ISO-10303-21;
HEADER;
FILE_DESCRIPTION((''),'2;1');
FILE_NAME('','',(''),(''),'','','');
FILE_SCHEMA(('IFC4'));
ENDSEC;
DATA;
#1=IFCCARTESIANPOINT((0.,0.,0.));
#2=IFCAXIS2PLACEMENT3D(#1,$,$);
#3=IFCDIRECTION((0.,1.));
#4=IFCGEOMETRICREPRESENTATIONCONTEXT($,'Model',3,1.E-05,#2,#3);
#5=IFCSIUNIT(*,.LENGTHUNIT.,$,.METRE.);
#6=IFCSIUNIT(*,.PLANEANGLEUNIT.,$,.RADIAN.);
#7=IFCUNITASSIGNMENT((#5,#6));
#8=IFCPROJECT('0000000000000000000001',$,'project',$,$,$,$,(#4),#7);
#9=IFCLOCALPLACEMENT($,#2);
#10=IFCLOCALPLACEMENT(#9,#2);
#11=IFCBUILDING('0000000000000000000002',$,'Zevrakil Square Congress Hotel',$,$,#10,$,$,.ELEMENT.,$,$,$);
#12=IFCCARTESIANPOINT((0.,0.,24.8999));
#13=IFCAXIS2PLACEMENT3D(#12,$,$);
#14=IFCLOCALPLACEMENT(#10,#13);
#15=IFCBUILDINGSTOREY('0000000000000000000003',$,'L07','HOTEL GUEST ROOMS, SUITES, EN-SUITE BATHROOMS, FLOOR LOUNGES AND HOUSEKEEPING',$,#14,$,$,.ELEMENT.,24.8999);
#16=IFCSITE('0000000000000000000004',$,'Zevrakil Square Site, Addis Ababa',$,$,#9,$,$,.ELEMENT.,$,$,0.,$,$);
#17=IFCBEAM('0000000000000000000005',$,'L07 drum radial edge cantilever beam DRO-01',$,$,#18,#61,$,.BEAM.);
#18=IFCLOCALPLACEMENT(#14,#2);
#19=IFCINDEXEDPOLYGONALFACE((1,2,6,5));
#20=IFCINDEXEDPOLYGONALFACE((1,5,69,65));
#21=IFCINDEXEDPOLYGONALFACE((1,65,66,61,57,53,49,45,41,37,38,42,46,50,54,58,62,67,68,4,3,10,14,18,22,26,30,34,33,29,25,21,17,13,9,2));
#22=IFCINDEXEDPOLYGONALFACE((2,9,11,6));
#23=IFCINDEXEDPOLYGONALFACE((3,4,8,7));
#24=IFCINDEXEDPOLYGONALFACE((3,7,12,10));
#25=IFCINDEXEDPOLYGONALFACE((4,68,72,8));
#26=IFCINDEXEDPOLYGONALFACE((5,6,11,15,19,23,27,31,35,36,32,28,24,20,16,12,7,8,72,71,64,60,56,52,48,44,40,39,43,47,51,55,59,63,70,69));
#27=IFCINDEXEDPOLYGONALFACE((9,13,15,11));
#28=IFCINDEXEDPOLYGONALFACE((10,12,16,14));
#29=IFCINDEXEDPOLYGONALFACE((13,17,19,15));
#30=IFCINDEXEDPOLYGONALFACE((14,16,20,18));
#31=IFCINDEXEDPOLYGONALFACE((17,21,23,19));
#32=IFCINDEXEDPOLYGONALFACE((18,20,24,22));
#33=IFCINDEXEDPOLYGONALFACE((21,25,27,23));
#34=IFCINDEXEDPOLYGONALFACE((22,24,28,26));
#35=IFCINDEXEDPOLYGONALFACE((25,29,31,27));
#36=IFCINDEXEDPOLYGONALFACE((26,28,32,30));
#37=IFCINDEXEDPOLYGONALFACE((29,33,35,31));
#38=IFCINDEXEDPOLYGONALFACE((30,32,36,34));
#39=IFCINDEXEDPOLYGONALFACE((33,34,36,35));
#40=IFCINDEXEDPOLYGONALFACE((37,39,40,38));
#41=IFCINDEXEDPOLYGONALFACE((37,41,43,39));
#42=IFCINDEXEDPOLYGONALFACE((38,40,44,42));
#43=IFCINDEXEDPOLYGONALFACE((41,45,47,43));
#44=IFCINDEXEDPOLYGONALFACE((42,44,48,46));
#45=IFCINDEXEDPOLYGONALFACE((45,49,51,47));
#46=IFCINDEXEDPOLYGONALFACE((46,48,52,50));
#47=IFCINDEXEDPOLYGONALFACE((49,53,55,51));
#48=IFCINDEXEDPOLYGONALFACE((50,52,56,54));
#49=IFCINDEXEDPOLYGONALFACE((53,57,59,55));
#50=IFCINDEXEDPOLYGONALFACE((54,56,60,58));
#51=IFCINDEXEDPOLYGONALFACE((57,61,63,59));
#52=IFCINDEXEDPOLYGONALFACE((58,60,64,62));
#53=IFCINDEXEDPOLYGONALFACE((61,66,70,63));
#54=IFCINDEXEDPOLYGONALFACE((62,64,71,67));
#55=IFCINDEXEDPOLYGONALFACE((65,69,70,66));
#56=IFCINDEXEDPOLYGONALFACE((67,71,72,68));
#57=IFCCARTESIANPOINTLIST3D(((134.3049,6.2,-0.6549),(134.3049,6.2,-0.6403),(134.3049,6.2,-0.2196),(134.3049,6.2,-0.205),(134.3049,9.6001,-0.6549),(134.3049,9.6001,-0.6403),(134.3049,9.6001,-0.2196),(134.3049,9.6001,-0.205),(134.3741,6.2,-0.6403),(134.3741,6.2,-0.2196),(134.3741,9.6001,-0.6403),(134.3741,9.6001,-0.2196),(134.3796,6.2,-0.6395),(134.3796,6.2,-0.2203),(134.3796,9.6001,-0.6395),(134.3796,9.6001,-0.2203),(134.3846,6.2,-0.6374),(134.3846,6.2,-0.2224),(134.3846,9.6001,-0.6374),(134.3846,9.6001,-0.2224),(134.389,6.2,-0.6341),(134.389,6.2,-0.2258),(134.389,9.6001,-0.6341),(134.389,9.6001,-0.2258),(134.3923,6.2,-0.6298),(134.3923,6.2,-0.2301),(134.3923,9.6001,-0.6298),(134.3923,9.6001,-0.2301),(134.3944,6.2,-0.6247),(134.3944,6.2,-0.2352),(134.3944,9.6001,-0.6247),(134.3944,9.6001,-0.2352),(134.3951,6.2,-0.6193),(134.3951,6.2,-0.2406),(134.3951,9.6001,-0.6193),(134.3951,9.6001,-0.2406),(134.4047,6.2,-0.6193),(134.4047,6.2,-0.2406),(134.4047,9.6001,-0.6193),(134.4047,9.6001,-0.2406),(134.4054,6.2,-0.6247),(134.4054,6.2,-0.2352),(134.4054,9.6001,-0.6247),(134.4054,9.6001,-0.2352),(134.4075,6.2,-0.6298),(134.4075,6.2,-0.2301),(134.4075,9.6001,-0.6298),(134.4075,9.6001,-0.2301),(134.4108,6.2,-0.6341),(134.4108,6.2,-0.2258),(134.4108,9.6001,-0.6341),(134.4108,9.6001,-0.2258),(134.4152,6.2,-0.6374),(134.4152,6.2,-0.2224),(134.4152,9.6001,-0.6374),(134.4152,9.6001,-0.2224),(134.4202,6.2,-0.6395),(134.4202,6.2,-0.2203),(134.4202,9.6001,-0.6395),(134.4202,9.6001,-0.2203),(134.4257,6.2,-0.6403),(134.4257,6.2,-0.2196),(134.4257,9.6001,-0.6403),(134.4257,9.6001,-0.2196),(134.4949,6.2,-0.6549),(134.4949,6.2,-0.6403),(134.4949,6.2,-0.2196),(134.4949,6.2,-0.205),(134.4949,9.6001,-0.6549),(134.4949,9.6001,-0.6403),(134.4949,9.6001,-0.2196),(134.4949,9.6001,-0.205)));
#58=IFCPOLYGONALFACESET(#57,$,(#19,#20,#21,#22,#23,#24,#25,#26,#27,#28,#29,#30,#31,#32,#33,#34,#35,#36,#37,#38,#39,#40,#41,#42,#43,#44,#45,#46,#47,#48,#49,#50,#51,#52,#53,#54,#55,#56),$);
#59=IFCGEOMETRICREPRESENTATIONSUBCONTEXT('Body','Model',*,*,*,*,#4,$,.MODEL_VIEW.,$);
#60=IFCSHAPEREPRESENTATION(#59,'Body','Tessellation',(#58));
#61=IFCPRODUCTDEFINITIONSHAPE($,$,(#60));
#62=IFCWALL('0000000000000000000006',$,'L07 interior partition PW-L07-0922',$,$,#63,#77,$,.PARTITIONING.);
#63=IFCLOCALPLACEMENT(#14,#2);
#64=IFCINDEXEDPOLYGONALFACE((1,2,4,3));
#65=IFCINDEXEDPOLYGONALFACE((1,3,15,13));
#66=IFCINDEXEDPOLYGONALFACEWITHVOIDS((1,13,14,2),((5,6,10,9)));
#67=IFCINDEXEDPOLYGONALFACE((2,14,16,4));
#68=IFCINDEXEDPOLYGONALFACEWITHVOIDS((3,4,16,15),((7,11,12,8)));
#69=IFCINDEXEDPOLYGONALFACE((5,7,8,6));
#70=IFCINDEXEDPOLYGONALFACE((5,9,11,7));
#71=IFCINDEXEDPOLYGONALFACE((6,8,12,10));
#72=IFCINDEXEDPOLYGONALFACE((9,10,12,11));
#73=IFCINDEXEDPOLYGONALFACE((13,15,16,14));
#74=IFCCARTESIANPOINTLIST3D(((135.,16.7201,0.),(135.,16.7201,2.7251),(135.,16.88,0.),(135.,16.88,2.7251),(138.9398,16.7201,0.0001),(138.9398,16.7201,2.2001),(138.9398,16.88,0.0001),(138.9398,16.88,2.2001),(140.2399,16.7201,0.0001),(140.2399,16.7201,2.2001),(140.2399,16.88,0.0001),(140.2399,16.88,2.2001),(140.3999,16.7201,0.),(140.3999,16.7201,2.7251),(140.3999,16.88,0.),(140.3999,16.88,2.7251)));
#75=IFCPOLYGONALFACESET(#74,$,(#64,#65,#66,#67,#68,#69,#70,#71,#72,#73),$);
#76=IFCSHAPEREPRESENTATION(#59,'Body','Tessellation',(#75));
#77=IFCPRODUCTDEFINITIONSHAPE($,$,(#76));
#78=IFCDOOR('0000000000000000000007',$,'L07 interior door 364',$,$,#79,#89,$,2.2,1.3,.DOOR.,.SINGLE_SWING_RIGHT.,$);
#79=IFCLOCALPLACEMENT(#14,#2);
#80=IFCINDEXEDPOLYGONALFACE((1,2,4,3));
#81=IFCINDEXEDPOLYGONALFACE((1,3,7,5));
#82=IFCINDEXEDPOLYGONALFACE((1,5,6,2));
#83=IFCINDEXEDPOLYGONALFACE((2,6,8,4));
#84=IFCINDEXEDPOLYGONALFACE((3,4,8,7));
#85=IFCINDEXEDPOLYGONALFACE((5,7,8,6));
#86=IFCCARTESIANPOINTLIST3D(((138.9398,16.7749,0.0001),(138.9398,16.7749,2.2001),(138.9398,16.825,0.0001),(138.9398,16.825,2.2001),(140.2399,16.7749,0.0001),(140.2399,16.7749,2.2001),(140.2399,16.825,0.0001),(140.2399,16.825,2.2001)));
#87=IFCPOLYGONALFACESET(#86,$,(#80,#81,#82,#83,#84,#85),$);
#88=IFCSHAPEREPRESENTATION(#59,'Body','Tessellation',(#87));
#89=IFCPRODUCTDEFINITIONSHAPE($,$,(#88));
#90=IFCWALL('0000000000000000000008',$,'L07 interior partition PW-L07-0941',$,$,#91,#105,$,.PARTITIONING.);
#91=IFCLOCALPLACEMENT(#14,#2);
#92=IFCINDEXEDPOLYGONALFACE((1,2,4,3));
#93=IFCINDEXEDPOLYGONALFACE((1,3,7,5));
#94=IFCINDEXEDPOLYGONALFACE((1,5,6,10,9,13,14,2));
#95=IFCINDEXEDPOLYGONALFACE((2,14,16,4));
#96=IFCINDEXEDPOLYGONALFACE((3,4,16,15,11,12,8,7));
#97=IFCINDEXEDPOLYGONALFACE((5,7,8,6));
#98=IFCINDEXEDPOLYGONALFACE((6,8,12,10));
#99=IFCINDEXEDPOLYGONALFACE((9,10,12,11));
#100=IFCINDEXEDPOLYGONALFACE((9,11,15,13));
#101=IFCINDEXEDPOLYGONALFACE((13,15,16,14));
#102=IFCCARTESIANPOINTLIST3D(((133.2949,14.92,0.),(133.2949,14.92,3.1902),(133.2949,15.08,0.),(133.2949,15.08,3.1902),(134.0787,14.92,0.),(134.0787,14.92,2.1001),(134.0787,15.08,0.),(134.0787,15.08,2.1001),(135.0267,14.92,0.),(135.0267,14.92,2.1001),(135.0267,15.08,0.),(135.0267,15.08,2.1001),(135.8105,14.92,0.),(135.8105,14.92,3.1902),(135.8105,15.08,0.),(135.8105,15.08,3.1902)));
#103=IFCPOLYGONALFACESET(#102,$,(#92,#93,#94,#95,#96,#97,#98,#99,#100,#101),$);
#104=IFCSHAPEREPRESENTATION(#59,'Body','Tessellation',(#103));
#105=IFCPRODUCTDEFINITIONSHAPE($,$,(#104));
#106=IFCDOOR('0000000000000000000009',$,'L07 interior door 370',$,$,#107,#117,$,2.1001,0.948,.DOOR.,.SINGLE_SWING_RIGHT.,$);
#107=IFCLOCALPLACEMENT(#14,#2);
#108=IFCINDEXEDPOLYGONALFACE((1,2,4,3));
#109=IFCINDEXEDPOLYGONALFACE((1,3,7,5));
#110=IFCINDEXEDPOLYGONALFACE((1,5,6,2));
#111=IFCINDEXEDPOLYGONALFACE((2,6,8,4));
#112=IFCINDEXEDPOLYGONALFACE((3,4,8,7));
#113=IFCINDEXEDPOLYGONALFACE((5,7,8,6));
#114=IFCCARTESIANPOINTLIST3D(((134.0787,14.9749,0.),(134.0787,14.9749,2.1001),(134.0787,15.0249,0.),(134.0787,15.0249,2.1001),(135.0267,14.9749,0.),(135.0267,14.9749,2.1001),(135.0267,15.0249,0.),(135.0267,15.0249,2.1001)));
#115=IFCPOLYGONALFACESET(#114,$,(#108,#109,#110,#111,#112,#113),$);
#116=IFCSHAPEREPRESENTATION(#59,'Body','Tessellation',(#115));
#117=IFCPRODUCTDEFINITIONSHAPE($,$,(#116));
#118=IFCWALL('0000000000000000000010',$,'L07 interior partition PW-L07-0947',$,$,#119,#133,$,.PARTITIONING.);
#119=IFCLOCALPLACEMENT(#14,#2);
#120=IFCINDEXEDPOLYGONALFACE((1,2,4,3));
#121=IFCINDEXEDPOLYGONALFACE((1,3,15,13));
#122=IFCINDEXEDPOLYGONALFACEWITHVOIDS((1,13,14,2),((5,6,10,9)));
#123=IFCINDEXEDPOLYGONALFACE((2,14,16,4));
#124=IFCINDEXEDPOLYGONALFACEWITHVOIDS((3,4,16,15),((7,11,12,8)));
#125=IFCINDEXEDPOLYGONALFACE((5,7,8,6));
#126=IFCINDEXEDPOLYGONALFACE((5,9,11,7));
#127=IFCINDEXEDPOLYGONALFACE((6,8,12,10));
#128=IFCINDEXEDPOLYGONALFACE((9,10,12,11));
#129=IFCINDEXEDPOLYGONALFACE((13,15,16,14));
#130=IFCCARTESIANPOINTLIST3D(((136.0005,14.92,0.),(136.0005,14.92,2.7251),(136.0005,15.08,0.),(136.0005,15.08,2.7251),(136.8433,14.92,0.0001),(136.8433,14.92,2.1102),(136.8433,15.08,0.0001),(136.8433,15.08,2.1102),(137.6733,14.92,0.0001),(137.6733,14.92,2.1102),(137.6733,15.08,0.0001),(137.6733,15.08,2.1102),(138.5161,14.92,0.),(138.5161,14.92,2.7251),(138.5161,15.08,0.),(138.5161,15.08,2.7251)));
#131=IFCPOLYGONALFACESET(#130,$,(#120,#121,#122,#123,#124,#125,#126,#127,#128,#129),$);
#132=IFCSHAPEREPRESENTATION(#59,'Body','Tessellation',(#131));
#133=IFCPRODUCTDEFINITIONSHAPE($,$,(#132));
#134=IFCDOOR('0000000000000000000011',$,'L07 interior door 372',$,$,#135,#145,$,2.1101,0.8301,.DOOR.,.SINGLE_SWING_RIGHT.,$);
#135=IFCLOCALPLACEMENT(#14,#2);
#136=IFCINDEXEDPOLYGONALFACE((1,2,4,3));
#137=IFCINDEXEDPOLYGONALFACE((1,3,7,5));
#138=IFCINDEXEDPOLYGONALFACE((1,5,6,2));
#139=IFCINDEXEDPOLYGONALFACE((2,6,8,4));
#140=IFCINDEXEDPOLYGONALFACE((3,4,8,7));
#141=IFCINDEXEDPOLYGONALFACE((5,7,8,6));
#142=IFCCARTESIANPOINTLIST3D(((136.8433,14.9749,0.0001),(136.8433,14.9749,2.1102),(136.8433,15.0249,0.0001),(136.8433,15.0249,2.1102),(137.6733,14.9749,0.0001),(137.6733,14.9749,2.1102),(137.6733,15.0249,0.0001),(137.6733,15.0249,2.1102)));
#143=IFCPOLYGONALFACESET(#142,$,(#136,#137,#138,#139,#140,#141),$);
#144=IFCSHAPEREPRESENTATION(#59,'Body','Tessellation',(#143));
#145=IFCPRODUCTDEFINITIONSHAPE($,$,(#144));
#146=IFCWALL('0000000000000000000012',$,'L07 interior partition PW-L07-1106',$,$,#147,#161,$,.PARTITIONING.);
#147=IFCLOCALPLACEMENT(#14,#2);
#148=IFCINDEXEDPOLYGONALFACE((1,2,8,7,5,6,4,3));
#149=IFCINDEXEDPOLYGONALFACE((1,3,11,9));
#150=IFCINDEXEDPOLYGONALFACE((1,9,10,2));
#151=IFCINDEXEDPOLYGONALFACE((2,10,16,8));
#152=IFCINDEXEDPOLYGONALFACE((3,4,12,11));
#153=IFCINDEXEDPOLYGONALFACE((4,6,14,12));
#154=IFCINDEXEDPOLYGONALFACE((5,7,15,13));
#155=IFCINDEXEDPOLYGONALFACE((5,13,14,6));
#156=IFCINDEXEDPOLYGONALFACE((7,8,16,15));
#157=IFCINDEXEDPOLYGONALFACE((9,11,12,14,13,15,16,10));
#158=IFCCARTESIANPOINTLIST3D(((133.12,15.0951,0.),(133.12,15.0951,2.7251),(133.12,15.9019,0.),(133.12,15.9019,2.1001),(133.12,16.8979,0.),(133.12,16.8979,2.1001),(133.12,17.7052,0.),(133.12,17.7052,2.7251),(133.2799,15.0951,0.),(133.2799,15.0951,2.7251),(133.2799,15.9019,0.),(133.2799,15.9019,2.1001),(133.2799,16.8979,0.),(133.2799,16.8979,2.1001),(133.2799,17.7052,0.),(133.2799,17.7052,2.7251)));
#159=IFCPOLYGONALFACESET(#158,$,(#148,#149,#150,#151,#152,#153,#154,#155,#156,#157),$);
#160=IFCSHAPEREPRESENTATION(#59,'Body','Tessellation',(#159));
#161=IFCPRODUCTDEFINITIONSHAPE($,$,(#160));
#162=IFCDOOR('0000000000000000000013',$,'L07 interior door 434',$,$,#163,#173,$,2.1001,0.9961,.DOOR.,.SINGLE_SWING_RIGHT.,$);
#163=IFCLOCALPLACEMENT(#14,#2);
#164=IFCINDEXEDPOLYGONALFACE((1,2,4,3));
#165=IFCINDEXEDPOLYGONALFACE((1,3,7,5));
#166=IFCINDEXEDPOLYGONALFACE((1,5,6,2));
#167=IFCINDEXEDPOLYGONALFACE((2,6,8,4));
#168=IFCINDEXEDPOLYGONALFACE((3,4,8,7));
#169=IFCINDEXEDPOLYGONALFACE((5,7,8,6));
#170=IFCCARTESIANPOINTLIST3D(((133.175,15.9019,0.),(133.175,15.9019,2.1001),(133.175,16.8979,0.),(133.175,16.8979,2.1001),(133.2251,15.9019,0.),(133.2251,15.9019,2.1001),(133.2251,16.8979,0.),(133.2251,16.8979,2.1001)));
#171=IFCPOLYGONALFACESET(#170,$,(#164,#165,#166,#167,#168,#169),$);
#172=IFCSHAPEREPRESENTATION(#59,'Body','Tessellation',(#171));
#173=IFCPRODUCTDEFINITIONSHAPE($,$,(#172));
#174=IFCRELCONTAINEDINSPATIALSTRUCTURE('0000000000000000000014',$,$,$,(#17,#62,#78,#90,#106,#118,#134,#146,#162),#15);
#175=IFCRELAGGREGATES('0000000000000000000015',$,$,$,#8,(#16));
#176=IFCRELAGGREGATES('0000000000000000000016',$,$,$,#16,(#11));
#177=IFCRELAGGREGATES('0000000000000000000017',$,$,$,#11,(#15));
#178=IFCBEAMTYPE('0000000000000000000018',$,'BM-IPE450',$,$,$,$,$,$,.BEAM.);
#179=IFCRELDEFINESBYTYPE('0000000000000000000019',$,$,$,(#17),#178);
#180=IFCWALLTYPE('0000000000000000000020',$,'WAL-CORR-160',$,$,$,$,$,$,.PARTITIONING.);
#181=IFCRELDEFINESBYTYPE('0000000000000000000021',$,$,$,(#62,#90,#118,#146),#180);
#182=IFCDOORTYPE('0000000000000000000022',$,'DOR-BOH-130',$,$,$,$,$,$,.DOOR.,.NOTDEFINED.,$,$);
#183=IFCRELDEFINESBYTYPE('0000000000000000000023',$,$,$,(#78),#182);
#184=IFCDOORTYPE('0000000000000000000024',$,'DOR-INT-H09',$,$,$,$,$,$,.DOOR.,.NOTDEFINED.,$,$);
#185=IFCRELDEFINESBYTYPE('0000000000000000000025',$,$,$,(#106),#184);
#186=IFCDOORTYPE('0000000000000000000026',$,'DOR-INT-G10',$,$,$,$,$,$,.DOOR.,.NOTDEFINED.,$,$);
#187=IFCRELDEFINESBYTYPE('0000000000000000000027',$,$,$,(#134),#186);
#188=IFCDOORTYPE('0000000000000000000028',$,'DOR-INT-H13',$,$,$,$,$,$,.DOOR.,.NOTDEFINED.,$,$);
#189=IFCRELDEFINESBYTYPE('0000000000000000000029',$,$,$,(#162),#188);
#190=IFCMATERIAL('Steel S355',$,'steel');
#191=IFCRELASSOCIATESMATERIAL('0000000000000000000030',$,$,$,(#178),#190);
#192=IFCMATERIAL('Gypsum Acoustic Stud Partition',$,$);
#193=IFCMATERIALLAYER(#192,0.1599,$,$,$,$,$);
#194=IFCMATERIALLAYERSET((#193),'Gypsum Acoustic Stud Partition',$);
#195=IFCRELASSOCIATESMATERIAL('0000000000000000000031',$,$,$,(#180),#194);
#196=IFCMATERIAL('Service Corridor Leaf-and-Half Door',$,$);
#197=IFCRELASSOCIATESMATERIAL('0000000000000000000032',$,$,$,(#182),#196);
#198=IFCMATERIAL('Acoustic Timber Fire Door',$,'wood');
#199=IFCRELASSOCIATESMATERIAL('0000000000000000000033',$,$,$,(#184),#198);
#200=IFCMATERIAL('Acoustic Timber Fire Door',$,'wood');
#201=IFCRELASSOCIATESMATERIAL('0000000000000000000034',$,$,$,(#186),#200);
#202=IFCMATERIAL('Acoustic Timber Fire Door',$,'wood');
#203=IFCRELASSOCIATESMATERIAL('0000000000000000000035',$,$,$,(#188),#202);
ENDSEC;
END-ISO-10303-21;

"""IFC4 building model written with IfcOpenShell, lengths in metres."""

from ifc_helpers import new_model, si_unit, direction, frame, frame_2d, origin, origin_2d, place, context, subcontext, project, spatial, rectangle, i_section, extrude, material, layer, layer_set, material_profile, profile_set, type_object, element, fill, save


model = new_model("IFC4")

# Units and contexts
model_context = context("Model", 3, precision=1e-05, world=origin(), true_north=direction((0.0, 1.0)))
body_context = subcontext(model_context, "Body", "Model", "MODEL_VIEW")
ifc_project = project(units=[si_unit("LENGTHUNIT", "METRE"), si_unit("PLANEANGLEUNIT", "RADIAN")], contexts=[model_context])

# Site, building, storey
site_placement = place(None, origin())
site = spatial("IfcSite", under=ifc_project, at=site_placement, Name="Zevrakil Square Site, Addis Ababa", CompositionType="ELEMENT", RefElevation=0.0)
building_placement = place(site_placement, origin())
building = spatial("IfcBuilding", under=site, at=building_placement, Name="Zevrakil Square Congress Hotel", CompositionType="ELEMENT")
storey_placement = place(building_placement, frame((0.0, 0.0, 24.8999)))
storey = spatial("IfcBuildingStorey", under=building, at=storey_placement, Name="L07", Description="HOTEL GUEST ROOMS, SUITES, EN-SUITE BATHROOMS, FLOOR LOUNGES AND HOUSEKEEPING", CompositionType="ELEMENT", Elevation=24.8999)

# Beam
ifc_material_1 = material(Name="Steel S355", Category="steel")
ifc_material_profile = material_profile(ifc_material_1, i_section(OverallWidth=0.1899, OverallDepth=0.45, WebThickness=0.0095, FlangeThickness=0.0146, FilletRadius=0.021, at=origin_2d()), Name="IPE 450")
ifc_profile_set = profile_set([ifc_material_profile], Name="Steel S355")
beam_type = type_object("IfcBeamType", Name="BM-IPE450", PredefinedType="BEAM", material=ifc_profile_set)
beam_placement = place(storey_placement, frame((134.3999, 9.6001, -0.4299), z_axis=(0.0, -1.0, 0.0), x_axis=(1.0, 0.0, 0.0)))
element("IfcBeam", 1, at=beam_placement, inside=storey, type_object=beam_type, Name="L07 drum radial edge cantilever beam DRO-01", PredefinedType="BEAM", context=body_context, shape_type="SweptSolid", body=[
    extrude(i_section(OverallWidth=0.1899, OverallDepth=0.45, WebThickness=0.0095, FlangeThickness=0.0146, FilletRadius=0.021, at=origin_2d()), origin(), (0.0, 0.0, 1.0), 3.4001),
])

# Walls, openings, doors
ifc_material_2 = material(Name="Gypsum Acoustic Stud Partition")
ifc_layer_1 = layer(ifc_material_2, 0.1599)
ifc_layer_set_1 = layer_set([ifc_layer_1], Name="Gypsum Acoustic Stud Partition")
wall_type_1 = type_object("IfcWallType", Name="WAL-CORR-160", PredefinedType="PARTITIONING", material=ifc_layer_set_1)
wall_1_placement = place(storey_placement, frame((135.0, 16.8, 0.0), z_axis=(0.0, 0.0, 1.0), x_axis=(1.0, 0.0, 0.0)))
wall_1 = element("IfcWall", 2, at=wall_1_placement, inside=storey, type_object=wall_type_1, Name="L07 interior partition PW-L07-0922", PredefinedType="PARTITIONING", context=body_context, shape_type="SweptSolid", body=[
    extrude(rectangle(XDim=5.3999, YDim=0.1599, at=frame_2d((2.7, 0.0))), origin(), (0.0, 0.0, 1.0), 2.7251),
])
opening_1_placement = place(wall_1_placement, frame((3.9399, 0.0, 0.0)))
opening_1 = element("IfcOpeningElement", 3, at=opening_1_placement, cuts=wall_1, PredefinedType="OPENING", context=body_context, shape_type="SweptSolid", body=[
    extrude(rectangle(XDim=1.3, YDim=2.2, at=frame_2d((0.6499, 1.1001))), frame((0.0, 0.0898, 0.0), z_axis=(0.0, -1.0, 0.0), x_axis=(1.0, 0.0, 0.0)), (0.0, 0.0, 1.0), 0.1799),
])
ifc_material_3 = material(Name="Service Corridor Leaf-and-Half Door")
door_type_1 = type_object("IfcDoorType", Name="DOR-BOH-130", OperationType="NOTDEFINED", PredefinedType="DOOR", material=ifc_material_3)
door_1_placement = place(opening_1_placement, origin())
door_1 = element("IfcDoor", 4, at=door_1_placement, inside=storey, type_object=door_type_1, Name="L07 interior door 364", OperationType="SINGLE_SWING_RIGHT", OverallHeight=2.2, OverallWidth=1.3, PredefinedType="DOOR", context=body_context, shape_type="SweptSolid", body=[
    extrude(rectangle(XDim=1.3, YDim=2.2, at=frame_2d((0.6499, 1.1001))), frame((0.0, 0.0249, 0.0), z_axis=(0.0, -1.0, 0.0), x_axis=(1.0, 0.0, 0.0)), (0.0, 0.0, 1.0), 0.05),
])
fill(opening_1, door_1)
wall_2_placement = place(storey_placement, frame((133.2949, 15.0, 0.0), z_axis=(0.0, 0.0, 1.0), x_axis=(1.0, 0.0, 0.0)))
wall_2 = element("IfcWall", 5, at=wall_2_placement, inside=storey, type_object=wall_type_1, Name="L07 interior partition PW-L07-0941", PredefinedType="PARTITIONING", context=body_context, shape_type="SweptSolid", body=[
    extrude(rectangle(XDim=2.5156, YDim=0.1599, at=frame_2d((1.2578, 0.0))), origin(), (0.0, 0.0, 1.0), 3.1902),
])
opening_2_placement = place(wall_2_placement, frame((0.7837, 0.0, 0.0)))
opening_2 = element("IfcOpeningElement", 6, at=opening_2_placement, cuts=wall_2, PredefinedType="OPENING", context=body_context, shape_type="SweptSolid", body=[
    extrude(rectangle(XDim=0.948, YDim=2.1001, at=frame_2d((0.4741, 1.05))), frame((0.0, 0.0898, 0.0), z_axis=(0.0, -1.0, 0.0), x_axis=(1.0, 0.0, 0.0)), (0.0, 0.0, 1.0), 0.1799),
])
ifc_material_4 = material(Name="Acoustic Timber Fire Door", Category="wood")
door_type_2 = type_object("IfcDoorType", Name="DOR-INT-H09", OperationType="NOTDEFINED", PredefinedType="DOOR", material=ifc_material_4)
door_2_placement = place(opening_2_placement, origin())
door_2 = element("IfcDoor", 7, at=door_2_placement, inside=storey, type_object=door_type_2, Name="L07 interior door 370", OperationType="SINGLE_SWING_RIGHT", OverallHeight=2.1001, OverallWidth=0.948, PredefinedType="DOOR", context=body_context, shape_type="SweptSolid", body=[
    extrude(rectangle(XDim=0.948, YDim=2.1001, at=frame_2d((0.4741, 1.05))), frame((0.0, 0.0249, 0.0), z_axis=(0.0, -1.0, 0.0), x_axis=(1.0, 0.0, 0.0)), (0.0, 0.0, 1.0), 0.05),
])
fill(opening_2, door_2)
wall_3_placement = place(storey_placement, frame((136.0005, 15.0, 0.0), z_axis=(0.0, 0.0, 1.0), x_axis=(1.0, 0.0, 0.0)))
wall_3 = element("IfcWall", 8, at=wall_3_placement, inside=storey, type_object=wall_type_1, Name="L07 interior partition PW-L07-0947", PredefinedType="PARTITIONING", context=body_context, shape_type="SweptSolid", body=[
    extrude(rectangle(XDim=2.5156, YDim=0.1599, at=frame_2d((1.2578, 0.0))), origin(), (0.0, 0.0, 1.0), 2.7251),
])
opening_3_placement = place(wall_3_placement, frame((0.8428, 0.0, 0.0)))
opening_3 = element("IfcOpeningElement", 9, at=opening_3_placement, cuts=wall_3, PredefinedType="OPENING", context=body_context, shape_type="SweptSolid", body=[
    extrude(rectangle(XDim=0.8301, YDim=2.1101, at=frame_2d((0.415, 1.0552))), frame((0.0, 0.0898, 0.0), z_axis=(0.0, -1.0, 0.0), x_axis=(1.0, 0.0, 0.0)), (0.0, 0.0, 1.0), 0.1799),
])
ifc_material_5 = material(Name="Acoustic Timber Fire Door", Category="wood")
door_type_3 = type_object("IfcDoorType", Name="DOR-INT-G10", OperationType="NOTDEFINED", PredefinedType="DOOR", material=ifc_material_5)
door_3_placement = place(opening_3_placement, origin())
door_3 = element("IfcDoor", 10, at=door_3_placement, inside=storey, type_object=door_type_3, Name="L07 interior door 372", OperationType="SINGLE_SWING_RIGHT", OverallHeight=2.1101, OverallWidth=0.8301, PredefinedType="DOOR", context=body_context, shape_type="SweptSolid", body=[
    extrude(rectangle(XDim=0.8301, YDim=2.1101, at=frame_2d((0.415, 1.0552))), frame((0.0, 0.0249, 0.0), z_axis=(0.0, -1.0, 0.0), x_axis=(1.0, 0.0, 0.0)), (0.0, 0.0, 1.0), 0.05),
])
fill(opening_3, door_3)
wall_4_placement = place(storey_placement, frame((133.2, 15.095, 0.0), z_axis=(0.0, 0.0, 1.0), x_axis=(0.0, 1.0, 0.0)))
wall_4 = element("IfcWall", 11, at=wall_4_placement, inside=storey, type_object=wall_type_1, Name="L07 interior partition PW-L07-1106", PredefinedType="PARTITIONING", context=body_context, shape_type="SweptSolid", body=[
    extrude(rectangle(XDim=2.6101, YDim=0.1599, at=frame_2d((1.3052, 0.0))), origin(), (0.0, 0.0, 1.0), 2.7251),
])
opening_4_placement = place(wall_4_placement, frame((0.8069, 0.0, 0.0)))
opening_4 = element("IfcOpeningElement", 12, at=opening_4_placement, cuts=wall_4, PredefinedType="OPENING", context=body_context, shape_type="SweptSolid", body=[
    extrude(rectangle(XDim=0.9961, YDim=2.1001, at=frame_2d((0.498, 1.05))), frame((0.0, 0.0898, 0.0), z_axis=(0.0, -1.0, 0.0), x_axis=(1.0, 0.0, 0.0)), (0.0, 0.0, 1.0), 0.1799),
])
ifc_material_6 = material(Name="Acoustic Timber Fire Door", Category="wood")
door_type_4 = type_object("IfcDoorType", Name="DOR-INT-H13", OperationType="NOTDEFINED", PredefinedType="DOOR", material=ifc_material_6)
door_4_placement = place(opening_4_placement, origin())
door_4 = element("IfcDoor", 13, at=door_4_placement, inside=storey, type_object=door_type_4, Name="L07 interior door 434", OperationType="SINGLE_SWING_RIGHT", OverallHeight=2.1001, OverallWidth=0.9961, PredefinedType="DOOR", context=body_context, shape_type="SweptSolid", body=[
    extrude(rectangle(XDim=0.9961, YDim=2.1001, at=frame_2d((0.498, 1.05))), frame((0.0, 0.0249, 0.0), z_axis=(0.0, -1.0, 0.0), x_axis=(1.0, 0.0, 0.0)), (0.0, 0.0, 1.0), 0.05),
])
fill(opening_4, door_4)

save(model, "model.ifc")
